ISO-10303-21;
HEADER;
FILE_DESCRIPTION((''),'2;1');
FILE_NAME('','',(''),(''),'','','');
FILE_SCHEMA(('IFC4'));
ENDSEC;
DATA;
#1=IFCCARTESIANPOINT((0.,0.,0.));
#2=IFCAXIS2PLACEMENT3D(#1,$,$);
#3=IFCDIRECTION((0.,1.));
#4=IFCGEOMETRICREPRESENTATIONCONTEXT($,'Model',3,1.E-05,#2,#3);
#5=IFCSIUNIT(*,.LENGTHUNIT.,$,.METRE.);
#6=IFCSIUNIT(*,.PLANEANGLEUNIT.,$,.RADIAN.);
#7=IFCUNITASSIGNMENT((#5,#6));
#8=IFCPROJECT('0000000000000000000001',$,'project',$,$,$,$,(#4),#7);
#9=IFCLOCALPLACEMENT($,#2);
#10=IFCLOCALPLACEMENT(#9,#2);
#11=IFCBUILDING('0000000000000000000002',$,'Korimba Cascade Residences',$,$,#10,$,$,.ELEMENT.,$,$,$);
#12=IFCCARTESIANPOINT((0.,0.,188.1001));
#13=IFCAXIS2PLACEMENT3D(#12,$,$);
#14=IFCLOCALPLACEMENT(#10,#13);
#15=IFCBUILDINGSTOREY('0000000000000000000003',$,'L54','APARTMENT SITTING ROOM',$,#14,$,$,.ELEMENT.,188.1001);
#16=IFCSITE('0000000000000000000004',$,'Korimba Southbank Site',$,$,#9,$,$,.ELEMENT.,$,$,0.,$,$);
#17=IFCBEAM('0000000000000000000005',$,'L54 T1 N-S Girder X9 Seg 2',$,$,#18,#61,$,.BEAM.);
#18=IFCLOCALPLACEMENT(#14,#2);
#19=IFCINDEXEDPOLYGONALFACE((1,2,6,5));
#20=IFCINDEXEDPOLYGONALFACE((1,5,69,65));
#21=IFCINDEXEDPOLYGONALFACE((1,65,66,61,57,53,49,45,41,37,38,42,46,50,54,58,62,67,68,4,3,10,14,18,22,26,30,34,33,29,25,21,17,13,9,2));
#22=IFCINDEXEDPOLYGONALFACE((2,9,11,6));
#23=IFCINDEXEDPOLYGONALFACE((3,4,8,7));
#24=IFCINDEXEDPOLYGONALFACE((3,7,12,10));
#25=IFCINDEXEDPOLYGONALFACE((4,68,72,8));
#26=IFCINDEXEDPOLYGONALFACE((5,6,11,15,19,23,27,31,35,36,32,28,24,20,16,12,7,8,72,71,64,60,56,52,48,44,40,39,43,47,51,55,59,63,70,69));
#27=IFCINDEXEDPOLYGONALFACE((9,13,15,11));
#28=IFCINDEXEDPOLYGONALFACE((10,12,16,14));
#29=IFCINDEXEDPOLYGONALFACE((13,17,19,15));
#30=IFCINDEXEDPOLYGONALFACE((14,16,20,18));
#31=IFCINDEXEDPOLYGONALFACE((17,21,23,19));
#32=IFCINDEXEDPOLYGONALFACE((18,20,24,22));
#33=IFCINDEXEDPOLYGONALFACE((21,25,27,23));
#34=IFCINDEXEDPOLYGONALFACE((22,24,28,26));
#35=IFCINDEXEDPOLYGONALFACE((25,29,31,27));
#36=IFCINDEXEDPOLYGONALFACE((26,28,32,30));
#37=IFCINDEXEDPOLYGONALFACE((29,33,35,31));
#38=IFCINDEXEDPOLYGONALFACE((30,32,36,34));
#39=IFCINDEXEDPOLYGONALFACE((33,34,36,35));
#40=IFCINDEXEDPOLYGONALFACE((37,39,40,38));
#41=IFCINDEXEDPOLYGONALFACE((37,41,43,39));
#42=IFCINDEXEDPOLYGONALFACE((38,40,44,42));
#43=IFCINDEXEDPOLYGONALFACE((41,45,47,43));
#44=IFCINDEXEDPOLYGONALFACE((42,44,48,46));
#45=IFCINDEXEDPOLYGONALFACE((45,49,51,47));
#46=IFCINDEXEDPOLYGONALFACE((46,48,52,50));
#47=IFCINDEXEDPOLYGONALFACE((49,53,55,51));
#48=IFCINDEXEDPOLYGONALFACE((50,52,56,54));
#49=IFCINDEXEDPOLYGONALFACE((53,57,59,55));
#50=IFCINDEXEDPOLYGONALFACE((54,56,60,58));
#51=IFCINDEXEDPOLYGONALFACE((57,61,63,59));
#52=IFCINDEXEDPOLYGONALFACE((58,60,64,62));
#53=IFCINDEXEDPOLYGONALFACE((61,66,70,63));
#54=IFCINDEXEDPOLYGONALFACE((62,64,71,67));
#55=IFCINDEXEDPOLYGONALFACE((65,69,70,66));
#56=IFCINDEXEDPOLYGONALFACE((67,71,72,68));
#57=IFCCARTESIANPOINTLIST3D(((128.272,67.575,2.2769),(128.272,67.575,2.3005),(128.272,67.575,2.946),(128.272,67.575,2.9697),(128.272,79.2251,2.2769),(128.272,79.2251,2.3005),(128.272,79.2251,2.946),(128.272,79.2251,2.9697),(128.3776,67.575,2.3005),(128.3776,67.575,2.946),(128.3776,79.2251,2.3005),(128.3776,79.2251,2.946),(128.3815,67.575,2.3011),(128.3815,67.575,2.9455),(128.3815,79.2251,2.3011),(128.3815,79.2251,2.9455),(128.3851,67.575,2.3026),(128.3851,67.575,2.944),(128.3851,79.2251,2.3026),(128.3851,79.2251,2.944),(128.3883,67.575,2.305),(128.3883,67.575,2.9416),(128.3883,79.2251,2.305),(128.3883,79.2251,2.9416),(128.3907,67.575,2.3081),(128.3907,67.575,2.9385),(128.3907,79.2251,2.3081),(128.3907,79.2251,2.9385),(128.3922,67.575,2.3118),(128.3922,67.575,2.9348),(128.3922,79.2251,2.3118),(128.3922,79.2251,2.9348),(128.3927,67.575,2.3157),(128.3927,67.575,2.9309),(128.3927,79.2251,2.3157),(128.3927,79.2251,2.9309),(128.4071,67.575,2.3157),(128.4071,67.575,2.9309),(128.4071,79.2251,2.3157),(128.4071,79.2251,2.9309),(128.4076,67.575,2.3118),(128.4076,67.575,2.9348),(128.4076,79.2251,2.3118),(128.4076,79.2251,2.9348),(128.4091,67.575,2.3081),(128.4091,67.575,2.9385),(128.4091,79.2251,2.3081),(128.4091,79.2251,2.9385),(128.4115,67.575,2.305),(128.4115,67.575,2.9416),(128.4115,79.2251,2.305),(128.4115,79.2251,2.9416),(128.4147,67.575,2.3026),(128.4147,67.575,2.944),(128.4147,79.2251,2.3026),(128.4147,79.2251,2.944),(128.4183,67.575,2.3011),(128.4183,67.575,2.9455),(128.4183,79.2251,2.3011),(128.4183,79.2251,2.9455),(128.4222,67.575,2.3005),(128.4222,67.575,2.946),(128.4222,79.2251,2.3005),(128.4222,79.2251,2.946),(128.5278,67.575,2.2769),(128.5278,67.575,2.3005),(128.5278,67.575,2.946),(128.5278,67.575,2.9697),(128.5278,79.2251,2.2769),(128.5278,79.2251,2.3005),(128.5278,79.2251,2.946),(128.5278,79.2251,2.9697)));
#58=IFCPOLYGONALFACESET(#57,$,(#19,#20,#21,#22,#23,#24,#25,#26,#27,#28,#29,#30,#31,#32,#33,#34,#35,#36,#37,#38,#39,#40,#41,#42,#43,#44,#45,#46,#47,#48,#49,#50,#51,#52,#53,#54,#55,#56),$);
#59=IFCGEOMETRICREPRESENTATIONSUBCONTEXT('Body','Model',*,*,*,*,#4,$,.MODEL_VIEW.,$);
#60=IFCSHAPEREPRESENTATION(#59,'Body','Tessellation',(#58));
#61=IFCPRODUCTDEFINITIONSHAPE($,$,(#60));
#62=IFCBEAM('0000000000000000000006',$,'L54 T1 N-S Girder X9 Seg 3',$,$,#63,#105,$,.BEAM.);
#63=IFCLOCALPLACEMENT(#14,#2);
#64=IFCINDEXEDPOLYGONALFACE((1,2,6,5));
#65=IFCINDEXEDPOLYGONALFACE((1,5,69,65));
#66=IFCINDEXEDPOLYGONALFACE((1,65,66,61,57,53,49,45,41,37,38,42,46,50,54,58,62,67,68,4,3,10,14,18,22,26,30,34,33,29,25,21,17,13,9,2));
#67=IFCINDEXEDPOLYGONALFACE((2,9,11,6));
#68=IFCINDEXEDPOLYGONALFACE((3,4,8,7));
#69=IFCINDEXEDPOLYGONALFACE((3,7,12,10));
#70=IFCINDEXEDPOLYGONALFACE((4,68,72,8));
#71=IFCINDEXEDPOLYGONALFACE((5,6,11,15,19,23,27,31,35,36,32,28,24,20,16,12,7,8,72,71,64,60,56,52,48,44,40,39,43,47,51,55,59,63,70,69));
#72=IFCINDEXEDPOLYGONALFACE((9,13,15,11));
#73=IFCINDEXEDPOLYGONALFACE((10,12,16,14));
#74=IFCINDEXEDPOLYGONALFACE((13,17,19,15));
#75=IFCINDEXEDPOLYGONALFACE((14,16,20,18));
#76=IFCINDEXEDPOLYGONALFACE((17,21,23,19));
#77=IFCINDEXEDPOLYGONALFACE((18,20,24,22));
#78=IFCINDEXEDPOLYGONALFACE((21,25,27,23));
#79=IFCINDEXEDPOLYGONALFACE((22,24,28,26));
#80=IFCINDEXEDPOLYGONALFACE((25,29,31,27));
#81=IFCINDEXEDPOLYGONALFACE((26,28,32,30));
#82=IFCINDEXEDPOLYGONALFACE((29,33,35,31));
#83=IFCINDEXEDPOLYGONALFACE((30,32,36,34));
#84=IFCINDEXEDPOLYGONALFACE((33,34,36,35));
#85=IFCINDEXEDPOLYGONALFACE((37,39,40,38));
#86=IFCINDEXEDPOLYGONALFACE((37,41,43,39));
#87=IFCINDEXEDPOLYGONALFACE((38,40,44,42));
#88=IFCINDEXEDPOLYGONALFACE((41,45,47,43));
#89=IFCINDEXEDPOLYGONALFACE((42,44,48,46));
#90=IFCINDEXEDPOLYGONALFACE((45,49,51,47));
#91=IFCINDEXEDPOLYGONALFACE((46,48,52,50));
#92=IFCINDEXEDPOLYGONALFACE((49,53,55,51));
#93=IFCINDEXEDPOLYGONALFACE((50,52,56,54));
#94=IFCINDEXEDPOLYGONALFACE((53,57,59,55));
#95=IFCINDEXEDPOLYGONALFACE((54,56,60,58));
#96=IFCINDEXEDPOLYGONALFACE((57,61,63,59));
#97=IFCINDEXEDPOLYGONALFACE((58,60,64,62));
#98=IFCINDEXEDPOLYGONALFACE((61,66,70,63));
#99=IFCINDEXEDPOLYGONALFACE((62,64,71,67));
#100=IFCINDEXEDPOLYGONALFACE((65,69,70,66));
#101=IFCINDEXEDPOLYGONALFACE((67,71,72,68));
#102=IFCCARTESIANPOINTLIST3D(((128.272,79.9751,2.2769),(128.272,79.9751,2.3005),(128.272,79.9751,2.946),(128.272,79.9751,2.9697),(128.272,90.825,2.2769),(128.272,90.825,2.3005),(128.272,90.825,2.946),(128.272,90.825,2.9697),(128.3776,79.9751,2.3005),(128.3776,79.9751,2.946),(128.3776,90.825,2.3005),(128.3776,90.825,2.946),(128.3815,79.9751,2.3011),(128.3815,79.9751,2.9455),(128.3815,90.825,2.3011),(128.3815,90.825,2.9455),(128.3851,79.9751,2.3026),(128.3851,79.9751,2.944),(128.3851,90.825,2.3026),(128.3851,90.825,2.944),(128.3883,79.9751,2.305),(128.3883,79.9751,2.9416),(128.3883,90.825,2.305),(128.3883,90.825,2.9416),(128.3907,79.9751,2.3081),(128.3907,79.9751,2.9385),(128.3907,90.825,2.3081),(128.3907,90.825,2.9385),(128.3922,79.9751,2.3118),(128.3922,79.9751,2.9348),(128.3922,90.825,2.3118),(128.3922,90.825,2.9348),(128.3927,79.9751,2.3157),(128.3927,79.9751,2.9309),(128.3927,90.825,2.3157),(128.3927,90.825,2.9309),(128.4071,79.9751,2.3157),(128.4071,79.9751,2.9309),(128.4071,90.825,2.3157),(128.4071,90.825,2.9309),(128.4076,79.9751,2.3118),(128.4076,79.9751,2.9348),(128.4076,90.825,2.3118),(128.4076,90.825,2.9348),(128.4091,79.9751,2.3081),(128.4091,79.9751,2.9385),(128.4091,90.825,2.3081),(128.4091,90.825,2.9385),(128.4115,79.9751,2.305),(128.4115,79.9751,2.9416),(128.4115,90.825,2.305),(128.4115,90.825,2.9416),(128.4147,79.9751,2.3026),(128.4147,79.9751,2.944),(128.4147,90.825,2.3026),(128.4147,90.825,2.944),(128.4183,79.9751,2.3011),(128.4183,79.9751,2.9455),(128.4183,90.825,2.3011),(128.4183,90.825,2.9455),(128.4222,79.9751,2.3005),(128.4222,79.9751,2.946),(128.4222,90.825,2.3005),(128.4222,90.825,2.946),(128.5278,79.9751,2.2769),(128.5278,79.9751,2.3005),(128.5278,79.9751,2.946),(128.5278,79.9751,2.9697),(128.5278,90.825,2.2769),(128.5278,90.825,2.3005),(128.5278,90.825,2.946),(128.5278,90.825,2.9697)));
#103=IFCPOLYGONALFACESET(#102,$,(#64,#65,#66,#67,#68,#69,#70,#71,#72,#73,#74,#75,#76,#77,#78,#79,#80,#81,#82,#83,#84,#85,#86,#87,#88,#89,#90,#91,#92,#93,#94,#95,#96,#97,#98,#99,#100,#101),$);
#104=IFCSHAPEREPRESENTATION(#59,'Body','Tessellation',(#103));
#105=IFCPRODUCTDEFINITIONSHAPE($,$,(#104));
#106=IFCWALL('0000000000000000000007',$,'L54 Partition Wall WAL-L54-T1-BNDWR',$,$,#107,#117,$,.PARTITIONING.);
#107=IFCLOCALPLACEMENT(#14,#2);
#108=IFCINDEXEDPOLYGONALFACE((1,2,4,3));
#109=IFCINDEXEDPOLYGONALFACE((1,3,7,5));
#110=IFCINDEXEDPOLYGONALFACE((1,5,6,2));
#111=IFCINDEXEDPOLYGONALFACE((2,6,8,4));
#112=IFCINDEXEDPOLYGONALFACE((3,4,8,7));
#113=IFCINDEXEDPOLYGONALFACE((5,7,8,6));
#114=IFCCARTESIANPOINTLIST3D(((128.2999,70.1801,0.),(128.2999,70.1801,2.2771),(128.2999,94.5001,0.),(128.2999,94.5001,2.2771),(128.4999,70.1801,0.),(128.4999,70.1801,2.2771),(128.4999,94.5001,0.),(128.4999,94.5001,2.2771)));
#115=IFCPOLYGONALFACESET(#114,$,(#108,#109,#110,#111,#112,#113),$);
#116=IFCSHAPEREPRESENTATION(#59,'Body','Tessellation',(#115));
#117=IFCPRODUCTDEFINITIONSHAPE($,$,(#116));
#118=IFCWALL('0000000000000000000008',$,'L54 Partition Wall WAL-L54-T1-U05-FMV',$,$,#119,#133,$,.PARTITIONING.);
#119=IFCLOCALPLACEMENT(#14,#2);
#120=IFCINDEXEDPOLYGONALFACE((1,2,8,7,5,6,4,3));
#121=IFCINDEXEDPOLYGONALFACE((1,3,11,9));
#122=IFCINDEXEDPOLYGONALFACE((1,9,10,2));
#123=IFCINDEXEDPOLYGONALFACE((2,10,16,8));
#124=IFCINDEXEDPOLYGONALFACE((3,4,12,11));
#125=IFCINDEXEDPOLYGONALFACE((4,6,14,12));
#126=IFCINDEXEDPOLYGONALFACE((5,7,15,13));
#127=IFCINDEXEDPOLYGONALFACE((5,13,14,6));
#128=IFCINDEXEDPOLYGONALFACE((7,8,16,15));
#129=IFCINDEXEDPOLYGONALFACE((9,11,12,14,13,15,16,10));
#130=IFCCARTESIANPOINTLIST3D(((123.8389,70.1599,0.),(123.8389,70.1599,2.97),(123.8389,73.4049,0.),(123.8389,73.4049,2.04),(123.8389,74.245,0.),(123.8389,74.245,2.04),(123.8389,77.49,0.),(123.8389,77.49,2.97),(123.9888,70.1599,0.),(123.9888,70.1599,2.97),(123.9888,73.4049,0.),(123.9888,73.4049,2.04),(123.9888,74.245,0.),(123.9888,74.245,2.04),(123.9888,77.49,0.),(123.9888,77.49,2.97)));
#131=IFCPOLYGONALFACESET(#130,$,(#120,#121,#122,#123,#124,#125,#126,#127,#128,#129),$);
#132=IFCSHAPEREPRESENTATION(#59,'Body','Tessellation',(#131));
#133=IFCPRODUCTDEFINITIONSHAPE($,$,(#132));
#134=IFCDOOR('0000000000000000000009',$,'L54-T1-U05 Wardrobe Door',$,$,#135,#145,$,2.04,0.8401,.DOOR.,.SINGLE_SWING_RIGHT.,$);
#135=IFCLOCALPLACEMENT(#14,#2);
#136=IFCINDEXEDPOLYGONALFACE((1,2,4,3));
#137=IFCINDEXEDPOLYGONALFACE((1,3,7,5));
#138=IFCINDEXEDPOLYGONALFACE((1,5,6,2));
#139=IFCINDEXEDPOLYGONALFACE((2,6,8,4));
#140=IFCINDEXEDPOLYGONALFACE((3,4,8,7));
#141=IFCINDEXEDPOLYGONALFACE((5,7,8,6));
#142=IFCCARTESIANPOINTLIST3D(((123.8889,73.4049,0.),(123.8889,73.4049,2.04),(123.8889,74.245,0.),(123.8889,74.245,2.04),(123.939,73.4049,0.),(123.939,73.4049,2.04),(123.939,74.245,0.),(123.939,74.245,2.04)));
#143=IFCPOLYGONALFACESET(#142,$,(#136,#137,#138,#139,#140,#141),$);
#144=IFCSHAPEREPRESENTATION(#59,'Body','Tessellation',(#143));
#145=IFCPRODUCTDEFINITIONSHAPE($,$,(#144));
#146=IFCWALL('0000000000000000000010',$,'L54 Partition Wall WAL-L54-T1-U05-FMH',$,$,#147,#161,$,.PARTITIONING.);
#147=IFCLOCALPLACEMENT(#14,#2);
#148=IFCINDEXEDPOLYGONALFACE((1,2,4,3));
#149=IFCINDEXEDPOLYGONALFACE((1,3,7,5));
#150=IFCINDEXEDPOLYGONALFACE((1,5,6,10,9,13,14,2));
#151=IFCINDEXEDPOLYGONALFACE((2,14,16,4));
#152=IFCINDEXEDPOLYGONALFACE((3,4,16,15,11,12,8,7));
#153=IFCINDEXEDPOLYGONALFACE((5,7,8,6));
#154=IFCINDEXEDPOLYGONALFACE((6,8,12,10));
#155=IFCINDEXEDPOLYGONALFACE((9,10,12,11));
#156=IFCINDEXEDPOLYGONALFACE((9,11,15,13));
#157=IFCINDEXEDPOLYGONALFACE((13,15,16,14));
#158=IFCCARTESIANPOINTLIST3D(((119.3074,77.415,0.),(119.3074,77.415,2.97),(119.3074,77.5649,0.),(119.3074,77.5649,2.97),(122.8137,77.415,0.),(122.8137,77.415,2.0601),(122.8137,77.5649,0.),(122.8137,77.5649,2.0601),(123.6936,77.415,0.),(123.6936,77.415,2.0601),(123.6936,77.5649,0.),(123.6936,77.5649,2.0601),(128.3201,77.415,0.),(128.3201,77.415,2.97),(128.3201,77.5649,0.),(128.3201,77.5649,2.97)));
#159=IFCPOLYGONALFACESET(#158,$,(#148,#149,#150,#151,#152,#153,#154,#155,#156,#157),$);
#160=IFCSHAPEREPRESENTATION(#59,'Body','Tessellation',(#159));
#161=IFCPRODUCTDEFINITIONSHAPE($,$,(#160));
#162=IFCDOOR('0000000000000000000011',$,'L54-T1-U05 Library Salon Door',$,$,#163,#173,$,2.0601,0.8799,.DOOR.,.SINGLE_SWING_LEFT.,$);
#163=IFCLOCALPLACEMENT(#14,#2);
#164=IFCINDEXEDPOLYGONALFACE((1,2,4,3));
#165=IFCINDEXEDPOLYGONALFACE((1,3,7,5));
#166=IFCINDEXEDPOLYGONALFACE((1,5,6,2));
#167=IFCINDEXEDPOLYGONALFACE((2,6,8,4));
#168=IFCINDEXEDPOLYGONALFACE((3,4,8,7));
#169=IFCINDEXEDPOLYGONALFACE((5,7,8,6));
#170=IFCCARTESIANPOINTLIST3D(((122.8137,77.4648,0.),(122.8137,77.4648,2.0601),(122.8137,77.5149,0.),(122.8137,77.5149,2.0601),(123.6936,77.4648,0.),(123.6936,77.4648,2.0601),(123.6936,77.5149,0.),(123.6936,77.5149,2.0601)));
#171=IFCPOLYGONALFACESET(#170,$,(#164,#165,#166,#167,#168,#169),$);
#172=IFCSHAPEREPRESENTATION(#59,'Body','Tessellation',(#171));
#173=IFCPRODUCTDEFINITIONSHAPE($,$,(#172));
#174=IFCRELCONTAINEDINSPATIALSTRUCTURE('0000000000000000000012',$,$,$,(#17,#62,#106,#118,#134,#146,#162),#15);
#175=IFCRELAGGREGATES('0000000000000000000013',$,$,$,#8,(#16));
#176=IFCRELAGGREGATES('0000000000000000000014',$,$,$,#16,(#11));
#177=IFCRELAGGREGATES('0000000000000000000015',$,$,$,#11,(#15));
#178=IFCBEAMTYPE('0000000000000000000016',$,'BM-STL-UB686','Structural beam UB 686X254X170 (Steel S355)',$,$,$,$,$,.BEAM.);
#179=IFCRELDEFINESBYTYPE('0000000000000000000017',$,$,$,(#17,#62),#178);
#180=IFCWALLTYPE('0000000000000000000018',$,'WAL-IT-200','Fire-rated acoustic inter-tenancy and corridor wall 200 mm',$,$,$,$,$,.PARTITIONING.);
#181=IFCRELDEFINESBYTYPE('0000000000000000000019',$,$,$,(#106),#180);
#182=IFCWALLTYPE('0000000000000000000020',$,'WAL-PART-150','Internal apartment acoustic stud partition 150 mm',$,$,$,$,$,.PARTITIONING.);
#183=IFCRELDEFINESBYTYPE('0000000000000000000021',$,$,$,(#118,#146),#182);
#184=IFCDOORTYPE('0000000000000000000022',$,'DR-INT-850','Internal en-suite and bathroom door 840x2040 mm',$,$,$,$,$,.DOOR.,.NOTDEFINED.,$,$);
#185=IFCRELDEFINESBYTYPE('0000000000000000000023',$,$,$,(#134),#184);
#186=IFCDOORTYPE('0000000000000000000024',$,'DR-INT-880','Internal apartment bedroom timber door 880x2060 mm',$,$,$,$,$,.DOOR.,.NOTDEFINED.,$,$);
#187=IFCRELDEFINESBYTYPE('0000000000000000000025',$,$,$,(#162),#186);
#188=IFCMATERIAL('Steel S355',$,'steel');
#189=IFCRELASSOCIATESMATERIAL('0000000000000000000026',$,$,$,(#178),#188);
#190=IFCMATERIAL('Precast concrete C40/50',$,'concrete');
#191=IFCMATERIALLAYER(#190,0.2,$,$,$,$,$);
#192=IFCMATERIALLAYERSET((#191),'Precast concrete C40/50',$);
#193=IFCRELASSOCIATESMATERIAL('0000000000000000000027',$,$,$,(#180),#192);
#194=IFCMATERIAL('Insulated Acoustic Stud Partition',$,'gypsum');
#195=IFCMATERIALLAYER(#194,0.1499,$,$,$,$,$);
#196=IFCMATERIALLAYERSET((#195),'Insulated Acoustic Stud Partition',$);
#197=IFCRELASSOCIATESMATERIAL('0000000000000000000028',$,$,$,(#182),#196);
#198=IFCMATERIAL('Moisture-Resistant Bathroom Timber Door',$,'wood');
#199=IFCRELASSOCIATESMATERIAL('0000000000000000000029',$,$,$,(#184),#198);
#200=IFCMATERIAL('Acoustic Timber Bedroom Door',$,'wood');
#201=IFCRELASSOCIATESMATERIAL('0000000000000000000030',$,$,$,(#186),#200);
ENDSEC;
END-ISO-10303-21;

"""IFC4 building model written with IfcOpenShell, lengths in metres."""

from ifc_helpers import new_model, si_unit, direction, frame, frame_2d, origin, origin_2d, place, context, subcontext, project, spatial, rectangle, i_section, extrude, material, layer, layer_set, material_profile, profile_set, type_object, element, fill, save


model = new_model("IFC4")

# Units and contexts
model_context = context("Model", 3, precision=1e-05, world=origin(), true_north=direction((0.0, 1.0)))
body_context = subcontext(model_context, "Body", "Model", "MODEL_VIEW")
ifc_project = project(units=[si_unit("LENGTHUNIT", "METRE"), si_unit("PLANEANGLEUNIT", "RADIAN")], contexts=[model_context])

# Site, building, storey
site_placement = place(None, origin())
site = spatial("IfcSite", under=ifc_project, at=site_placement, Name="Korimba Southbank Site", CompositionType="ELEMENT", RefElevation=0.0)
building_placement = place(site_placement, origin())
building = spatial("IfcBuilding", under=site, at=building_placement, Name="Korimba Cascade Residences", CompositionType="ELEMENT")
storey_placement = place(building_placement, frame((0.0, 0.0, 188.1001)))
storey = spatial("IfcBuildingStorey", under=building, at=storey_placement, Name="L54", Description="APARTMENT SITTING ROOM", CompositionType="ELEMENT", Elevation=188.1001)

# Beams
ifc_material_1 = material(Name="Steel S355", Category="steel")
ifc_material_profile_1 = material_profile(ifc_material_1, i_section(OverallWidth=0.2559, OverallDepth=0.6929, WebThickness=0.0144, FlangeThickness=0.0237, FilletRadius=0.0151, at=origin_2d()), Name="Steel S355")
ifc_profile_set_1 = profile_set([ifc_material_profile_1], Name="Steel S355")
beam_type_1 = type_object("IfcBeamType", Name="BM-STL-UB686", Description="Structural beam UB 686X254X170 (Steel S355)", PredefinedType="BEAM", material=ifc_profile_set_1)
beam_1_placement = place(storey_placement, frame((128.3999, 67.575, 2.6233), z_axis=(0.0, 1.0, 0.0), x_axis=(-1.0, 0.0, 0.0)))
element("IfcBeam", 1, at=beam_1_placement, inside=storey, type_object=beam_type_1, Name="L54 T1 N-S Girder X9 Seg 2", PredefinedType="BEAM", context=body_context, shape_type="SweptSolid", body=[
    extrude(i_section(OverallWidth=0.2559, OverallDepth=0.6929, WebThickness=0.0144, FlangeThickness=0.0237, FilletRadius=0.0151, at=origin_2d()), origin(), (0.0, 0.0, 1.0), 11.6501),
])
beam_2_placement = place(storey_placement, frame((128.3999, 79.9751, 2.6233), z_axis=(0.0, 1.0, 0.0), x_axis=(-1.0, 0.0, 0.0)))
element("IfcBeam", 2, at=beam_2_placement, inside=storey, type_object=beam_type_1, Name="L54 T1 N-S Girder X9 Seg 3", PredefinedType="BEAM", context=body_context, shape_type="SweptSolid", body=[
    extrude(i_section(OverallWidth=0.2559, OverallDepth=0.6929, WebThickness=0.0144, FlangeThickness=0.0237, FilletRadius=0.0151, at=origin_2d()), origin(), (0.0, 0.0, 1.0), 10.8499),
])

# Wall
ifc_material_2 = material(Name="Precast concrete C40/50", Category="concrete")
ifc_layer_1 = layer(ifc_material_2, 0.2)
ifc_layer_set_1 = layer_set([ifc_layer_1], Name="Precast concrete C40/50")
wall_type_1 = type_object("IfcWallType", Name="WAL-IT-200", Description="Fire-rated acoustic inter-tenancy and corridor wall 200 mm", PredefinedType="PARTITIONING", material=ifc_layer_set_1)
wall_1_placement = place(storey_placement, frame((128.3999, 70.1799, 0.0), z_axis=(0.0, 0.0, 1.0), x_axis=(0.0, 1.0, 0.0)))
element("IfcWall", 3, at=wall_1_placement, inside=storey, type_object=wall_type_1, Name="L54 Partition Wall WAL-L54-T1-BNDWR", PredefinedType="PARTITIONING", context=body_context, shape_type="SweptSolid", body=[
    extrude(rectangle(XDim=24.3201, YDim=0.2, at=frame_2d((12.1602, 0.0))), origin(), (0.0, 0.0, 1.0), 2.2771),
])

# Walls, openings, doors
ifc_material_3 = material(Name="Insulated Acoustic Stud Partition", Category="gypsum")
ifc_layer_2 = layer(ifc_material_3, 0.1499)
ifc_layer_set_2 = layer_set([ifc_layer_2], Name="Insulated Acoustic Stud Partition")
wall_type_2 = type_object("IfcWallType", Name="WAL-PART-150", Description="Internal apartment acoustic stud partition 150 mm", PredefinedType="PARTITIONING", material=ifc_layer_set_2)
wall_2_placement = place(storey_placement, frame((123.9138, 70.1599, 0.0), z_axis=(0.0, 0.0, 1.0), x_axis=(0.0, 1.0, 0.0)))
wall_2 = element("IfcWall", 4, at=wall_2_placement, inside=storey, type_object=wall_type_2, Name="L54 Partition Wall WAL-L54-T1-U05-FMV", PredefinedType="PARTITIONING", context=body_context, shape_type="SweptSolid", body=[
    extrude(rectangle(XDim=7.3301, YDim=0.1499, at=frame_2d((3.665, 0.0))), origin(), (0.0, 0.0, 1.0), 2.97),
])
opening_1_placement = place(wall_2_placement, frame((3.2451, 0.0, 0.0)))
opening_1 = element("IfcOpeningElement", 5, at=opening_1_placement, cuts=wall_2, PredefinedType="OPENING", context=body_context, shape_type="SweptSolid", body=[
    extrude(rectangle(XDim=0.8401, YDim=2.04, at=frame_2d((0.4199, 1.02))), frame((0.0, 0.085, 0.0), z_axis=(0.0, -1.0, 0.0), x_axis=(1.0, 0.0, 0.0)), (0.0, 0.0, 1.0), 0.1699),
])
ifc_material_4 = material(Name="Moisture-Resistant Bathroom Timber Door", Category="wood")
door_type_1 = type_object("IfcDoorType", Name="DR-INT-850", Description="Internal en-suite and bathroom door 840x2040 mm", OperationType="NOTDEFINED", PredefinedType="DOOR", material=ifc_material_4)
door_1_placement = place(opening_1_placement, origin())
door_1 = element("IfcDoor", 6, at=door_1_placement, inside=storey, type_object=door_type_1, Name="L54-T1-U05 Wardrobe Door", OperationType="SINGLE_SWING_RIGHT", OverallHeight=2.04, OverallWidth=0.8401, PredefinedType="DOOR", context=body_context, shape_type="SweptSolid", body=[
    extrude(rectangle(XDim=0.8401, YDim=2.04, at=frame_2d((0.4199, 1.02))), frame((0.0, 0.0249, 0.0), z_axis=(0.0, -1.0, 0.0), x_axis=(1.0, 0.0, 0.0)), (0.0, 0.0, 1.0), 0.05),
])
fill(opening_1, door_1)
wall_3_placement = place(storey_placement, frame((119.3074, 77.49, 0.0), z_axis=(0.0, 0.0, 1.0), x_axis=(1.0, 0.0, 0.0)))
wall_3 = element("IfcWall", 7, at=wall_3_placement, inside=storey, type_object=wall_type_2, Name="L54 Partition Wall WAL-L54-T1-U05-FMH", PredefinedType="PARTITIONING", context=body_context, shape_type="SweptSolid", body=[
    extrude(rectangle(XDim=9.0127, YDim=0.1499, at=frame_2d((4.5063, 0.0))), origin(), (0.0, 0.0, 1.0), 2.97),
])
opening_2_placement = place(wall_3_placement, frame((3.5063, 0.0, 0.0)))
opening_2 = element("IfcOpeningElement", 8, at=opening_2_placement, cuts=wall_3, PredefinedType="OPENING", context=body_context, shape_type="SweptSolid", body=[
    extrude(rectangle(XDim=0.8799, YDim=2.0601, at=frame_2d((0.4399, 1.03))), frame((0.0, 0.085, 0.0), z_axis=(0.0, -1.0, 0.0), x_axis=(1.0, 0.0, 0.0)), (0.0, 0.0, 1.0), 0.1699),
])
ifc_material_5 = material(Name="Acoustic Timber Bedroom Door", Category="wood")
door_type_2 = type_object("IfcDoorType", Name="DR-INT-880", Description="Internal apartment bedroom timber door 880x2060 mm", OperationType="NOTDEFINED", PredefinedType="DOOR", material=ifc_material_5)
door_2_placement = place(opening_2_placement, origin())
door_2 = element("IfcDoor", 9, at=door_2_placement, inside=storey, type_object=door_type_2, Name="L54-T1-U05 Library Salon Door", OperationType="SINGLE_SWING_LEFT", OverallHeight=2.0601, OverallWidth=0.8799, PredefinedType="DOOR", context=body_context, shape_type="SweptSolid", body=[
    extrude(rectangle(XDim=0.8799, YDim=2.0601, at=frame_2d((0.4399, 1.03))), frame((0.0, 0.0249, 0.0), z_axis=(0.0, -1.0, 0.0), x_axis=(1.0, 0.0, 0.0)), (0.0, 0.0, 1.0), 0.05),
])
fill(opening_2, door_2)

save(model, "model.ifc")
